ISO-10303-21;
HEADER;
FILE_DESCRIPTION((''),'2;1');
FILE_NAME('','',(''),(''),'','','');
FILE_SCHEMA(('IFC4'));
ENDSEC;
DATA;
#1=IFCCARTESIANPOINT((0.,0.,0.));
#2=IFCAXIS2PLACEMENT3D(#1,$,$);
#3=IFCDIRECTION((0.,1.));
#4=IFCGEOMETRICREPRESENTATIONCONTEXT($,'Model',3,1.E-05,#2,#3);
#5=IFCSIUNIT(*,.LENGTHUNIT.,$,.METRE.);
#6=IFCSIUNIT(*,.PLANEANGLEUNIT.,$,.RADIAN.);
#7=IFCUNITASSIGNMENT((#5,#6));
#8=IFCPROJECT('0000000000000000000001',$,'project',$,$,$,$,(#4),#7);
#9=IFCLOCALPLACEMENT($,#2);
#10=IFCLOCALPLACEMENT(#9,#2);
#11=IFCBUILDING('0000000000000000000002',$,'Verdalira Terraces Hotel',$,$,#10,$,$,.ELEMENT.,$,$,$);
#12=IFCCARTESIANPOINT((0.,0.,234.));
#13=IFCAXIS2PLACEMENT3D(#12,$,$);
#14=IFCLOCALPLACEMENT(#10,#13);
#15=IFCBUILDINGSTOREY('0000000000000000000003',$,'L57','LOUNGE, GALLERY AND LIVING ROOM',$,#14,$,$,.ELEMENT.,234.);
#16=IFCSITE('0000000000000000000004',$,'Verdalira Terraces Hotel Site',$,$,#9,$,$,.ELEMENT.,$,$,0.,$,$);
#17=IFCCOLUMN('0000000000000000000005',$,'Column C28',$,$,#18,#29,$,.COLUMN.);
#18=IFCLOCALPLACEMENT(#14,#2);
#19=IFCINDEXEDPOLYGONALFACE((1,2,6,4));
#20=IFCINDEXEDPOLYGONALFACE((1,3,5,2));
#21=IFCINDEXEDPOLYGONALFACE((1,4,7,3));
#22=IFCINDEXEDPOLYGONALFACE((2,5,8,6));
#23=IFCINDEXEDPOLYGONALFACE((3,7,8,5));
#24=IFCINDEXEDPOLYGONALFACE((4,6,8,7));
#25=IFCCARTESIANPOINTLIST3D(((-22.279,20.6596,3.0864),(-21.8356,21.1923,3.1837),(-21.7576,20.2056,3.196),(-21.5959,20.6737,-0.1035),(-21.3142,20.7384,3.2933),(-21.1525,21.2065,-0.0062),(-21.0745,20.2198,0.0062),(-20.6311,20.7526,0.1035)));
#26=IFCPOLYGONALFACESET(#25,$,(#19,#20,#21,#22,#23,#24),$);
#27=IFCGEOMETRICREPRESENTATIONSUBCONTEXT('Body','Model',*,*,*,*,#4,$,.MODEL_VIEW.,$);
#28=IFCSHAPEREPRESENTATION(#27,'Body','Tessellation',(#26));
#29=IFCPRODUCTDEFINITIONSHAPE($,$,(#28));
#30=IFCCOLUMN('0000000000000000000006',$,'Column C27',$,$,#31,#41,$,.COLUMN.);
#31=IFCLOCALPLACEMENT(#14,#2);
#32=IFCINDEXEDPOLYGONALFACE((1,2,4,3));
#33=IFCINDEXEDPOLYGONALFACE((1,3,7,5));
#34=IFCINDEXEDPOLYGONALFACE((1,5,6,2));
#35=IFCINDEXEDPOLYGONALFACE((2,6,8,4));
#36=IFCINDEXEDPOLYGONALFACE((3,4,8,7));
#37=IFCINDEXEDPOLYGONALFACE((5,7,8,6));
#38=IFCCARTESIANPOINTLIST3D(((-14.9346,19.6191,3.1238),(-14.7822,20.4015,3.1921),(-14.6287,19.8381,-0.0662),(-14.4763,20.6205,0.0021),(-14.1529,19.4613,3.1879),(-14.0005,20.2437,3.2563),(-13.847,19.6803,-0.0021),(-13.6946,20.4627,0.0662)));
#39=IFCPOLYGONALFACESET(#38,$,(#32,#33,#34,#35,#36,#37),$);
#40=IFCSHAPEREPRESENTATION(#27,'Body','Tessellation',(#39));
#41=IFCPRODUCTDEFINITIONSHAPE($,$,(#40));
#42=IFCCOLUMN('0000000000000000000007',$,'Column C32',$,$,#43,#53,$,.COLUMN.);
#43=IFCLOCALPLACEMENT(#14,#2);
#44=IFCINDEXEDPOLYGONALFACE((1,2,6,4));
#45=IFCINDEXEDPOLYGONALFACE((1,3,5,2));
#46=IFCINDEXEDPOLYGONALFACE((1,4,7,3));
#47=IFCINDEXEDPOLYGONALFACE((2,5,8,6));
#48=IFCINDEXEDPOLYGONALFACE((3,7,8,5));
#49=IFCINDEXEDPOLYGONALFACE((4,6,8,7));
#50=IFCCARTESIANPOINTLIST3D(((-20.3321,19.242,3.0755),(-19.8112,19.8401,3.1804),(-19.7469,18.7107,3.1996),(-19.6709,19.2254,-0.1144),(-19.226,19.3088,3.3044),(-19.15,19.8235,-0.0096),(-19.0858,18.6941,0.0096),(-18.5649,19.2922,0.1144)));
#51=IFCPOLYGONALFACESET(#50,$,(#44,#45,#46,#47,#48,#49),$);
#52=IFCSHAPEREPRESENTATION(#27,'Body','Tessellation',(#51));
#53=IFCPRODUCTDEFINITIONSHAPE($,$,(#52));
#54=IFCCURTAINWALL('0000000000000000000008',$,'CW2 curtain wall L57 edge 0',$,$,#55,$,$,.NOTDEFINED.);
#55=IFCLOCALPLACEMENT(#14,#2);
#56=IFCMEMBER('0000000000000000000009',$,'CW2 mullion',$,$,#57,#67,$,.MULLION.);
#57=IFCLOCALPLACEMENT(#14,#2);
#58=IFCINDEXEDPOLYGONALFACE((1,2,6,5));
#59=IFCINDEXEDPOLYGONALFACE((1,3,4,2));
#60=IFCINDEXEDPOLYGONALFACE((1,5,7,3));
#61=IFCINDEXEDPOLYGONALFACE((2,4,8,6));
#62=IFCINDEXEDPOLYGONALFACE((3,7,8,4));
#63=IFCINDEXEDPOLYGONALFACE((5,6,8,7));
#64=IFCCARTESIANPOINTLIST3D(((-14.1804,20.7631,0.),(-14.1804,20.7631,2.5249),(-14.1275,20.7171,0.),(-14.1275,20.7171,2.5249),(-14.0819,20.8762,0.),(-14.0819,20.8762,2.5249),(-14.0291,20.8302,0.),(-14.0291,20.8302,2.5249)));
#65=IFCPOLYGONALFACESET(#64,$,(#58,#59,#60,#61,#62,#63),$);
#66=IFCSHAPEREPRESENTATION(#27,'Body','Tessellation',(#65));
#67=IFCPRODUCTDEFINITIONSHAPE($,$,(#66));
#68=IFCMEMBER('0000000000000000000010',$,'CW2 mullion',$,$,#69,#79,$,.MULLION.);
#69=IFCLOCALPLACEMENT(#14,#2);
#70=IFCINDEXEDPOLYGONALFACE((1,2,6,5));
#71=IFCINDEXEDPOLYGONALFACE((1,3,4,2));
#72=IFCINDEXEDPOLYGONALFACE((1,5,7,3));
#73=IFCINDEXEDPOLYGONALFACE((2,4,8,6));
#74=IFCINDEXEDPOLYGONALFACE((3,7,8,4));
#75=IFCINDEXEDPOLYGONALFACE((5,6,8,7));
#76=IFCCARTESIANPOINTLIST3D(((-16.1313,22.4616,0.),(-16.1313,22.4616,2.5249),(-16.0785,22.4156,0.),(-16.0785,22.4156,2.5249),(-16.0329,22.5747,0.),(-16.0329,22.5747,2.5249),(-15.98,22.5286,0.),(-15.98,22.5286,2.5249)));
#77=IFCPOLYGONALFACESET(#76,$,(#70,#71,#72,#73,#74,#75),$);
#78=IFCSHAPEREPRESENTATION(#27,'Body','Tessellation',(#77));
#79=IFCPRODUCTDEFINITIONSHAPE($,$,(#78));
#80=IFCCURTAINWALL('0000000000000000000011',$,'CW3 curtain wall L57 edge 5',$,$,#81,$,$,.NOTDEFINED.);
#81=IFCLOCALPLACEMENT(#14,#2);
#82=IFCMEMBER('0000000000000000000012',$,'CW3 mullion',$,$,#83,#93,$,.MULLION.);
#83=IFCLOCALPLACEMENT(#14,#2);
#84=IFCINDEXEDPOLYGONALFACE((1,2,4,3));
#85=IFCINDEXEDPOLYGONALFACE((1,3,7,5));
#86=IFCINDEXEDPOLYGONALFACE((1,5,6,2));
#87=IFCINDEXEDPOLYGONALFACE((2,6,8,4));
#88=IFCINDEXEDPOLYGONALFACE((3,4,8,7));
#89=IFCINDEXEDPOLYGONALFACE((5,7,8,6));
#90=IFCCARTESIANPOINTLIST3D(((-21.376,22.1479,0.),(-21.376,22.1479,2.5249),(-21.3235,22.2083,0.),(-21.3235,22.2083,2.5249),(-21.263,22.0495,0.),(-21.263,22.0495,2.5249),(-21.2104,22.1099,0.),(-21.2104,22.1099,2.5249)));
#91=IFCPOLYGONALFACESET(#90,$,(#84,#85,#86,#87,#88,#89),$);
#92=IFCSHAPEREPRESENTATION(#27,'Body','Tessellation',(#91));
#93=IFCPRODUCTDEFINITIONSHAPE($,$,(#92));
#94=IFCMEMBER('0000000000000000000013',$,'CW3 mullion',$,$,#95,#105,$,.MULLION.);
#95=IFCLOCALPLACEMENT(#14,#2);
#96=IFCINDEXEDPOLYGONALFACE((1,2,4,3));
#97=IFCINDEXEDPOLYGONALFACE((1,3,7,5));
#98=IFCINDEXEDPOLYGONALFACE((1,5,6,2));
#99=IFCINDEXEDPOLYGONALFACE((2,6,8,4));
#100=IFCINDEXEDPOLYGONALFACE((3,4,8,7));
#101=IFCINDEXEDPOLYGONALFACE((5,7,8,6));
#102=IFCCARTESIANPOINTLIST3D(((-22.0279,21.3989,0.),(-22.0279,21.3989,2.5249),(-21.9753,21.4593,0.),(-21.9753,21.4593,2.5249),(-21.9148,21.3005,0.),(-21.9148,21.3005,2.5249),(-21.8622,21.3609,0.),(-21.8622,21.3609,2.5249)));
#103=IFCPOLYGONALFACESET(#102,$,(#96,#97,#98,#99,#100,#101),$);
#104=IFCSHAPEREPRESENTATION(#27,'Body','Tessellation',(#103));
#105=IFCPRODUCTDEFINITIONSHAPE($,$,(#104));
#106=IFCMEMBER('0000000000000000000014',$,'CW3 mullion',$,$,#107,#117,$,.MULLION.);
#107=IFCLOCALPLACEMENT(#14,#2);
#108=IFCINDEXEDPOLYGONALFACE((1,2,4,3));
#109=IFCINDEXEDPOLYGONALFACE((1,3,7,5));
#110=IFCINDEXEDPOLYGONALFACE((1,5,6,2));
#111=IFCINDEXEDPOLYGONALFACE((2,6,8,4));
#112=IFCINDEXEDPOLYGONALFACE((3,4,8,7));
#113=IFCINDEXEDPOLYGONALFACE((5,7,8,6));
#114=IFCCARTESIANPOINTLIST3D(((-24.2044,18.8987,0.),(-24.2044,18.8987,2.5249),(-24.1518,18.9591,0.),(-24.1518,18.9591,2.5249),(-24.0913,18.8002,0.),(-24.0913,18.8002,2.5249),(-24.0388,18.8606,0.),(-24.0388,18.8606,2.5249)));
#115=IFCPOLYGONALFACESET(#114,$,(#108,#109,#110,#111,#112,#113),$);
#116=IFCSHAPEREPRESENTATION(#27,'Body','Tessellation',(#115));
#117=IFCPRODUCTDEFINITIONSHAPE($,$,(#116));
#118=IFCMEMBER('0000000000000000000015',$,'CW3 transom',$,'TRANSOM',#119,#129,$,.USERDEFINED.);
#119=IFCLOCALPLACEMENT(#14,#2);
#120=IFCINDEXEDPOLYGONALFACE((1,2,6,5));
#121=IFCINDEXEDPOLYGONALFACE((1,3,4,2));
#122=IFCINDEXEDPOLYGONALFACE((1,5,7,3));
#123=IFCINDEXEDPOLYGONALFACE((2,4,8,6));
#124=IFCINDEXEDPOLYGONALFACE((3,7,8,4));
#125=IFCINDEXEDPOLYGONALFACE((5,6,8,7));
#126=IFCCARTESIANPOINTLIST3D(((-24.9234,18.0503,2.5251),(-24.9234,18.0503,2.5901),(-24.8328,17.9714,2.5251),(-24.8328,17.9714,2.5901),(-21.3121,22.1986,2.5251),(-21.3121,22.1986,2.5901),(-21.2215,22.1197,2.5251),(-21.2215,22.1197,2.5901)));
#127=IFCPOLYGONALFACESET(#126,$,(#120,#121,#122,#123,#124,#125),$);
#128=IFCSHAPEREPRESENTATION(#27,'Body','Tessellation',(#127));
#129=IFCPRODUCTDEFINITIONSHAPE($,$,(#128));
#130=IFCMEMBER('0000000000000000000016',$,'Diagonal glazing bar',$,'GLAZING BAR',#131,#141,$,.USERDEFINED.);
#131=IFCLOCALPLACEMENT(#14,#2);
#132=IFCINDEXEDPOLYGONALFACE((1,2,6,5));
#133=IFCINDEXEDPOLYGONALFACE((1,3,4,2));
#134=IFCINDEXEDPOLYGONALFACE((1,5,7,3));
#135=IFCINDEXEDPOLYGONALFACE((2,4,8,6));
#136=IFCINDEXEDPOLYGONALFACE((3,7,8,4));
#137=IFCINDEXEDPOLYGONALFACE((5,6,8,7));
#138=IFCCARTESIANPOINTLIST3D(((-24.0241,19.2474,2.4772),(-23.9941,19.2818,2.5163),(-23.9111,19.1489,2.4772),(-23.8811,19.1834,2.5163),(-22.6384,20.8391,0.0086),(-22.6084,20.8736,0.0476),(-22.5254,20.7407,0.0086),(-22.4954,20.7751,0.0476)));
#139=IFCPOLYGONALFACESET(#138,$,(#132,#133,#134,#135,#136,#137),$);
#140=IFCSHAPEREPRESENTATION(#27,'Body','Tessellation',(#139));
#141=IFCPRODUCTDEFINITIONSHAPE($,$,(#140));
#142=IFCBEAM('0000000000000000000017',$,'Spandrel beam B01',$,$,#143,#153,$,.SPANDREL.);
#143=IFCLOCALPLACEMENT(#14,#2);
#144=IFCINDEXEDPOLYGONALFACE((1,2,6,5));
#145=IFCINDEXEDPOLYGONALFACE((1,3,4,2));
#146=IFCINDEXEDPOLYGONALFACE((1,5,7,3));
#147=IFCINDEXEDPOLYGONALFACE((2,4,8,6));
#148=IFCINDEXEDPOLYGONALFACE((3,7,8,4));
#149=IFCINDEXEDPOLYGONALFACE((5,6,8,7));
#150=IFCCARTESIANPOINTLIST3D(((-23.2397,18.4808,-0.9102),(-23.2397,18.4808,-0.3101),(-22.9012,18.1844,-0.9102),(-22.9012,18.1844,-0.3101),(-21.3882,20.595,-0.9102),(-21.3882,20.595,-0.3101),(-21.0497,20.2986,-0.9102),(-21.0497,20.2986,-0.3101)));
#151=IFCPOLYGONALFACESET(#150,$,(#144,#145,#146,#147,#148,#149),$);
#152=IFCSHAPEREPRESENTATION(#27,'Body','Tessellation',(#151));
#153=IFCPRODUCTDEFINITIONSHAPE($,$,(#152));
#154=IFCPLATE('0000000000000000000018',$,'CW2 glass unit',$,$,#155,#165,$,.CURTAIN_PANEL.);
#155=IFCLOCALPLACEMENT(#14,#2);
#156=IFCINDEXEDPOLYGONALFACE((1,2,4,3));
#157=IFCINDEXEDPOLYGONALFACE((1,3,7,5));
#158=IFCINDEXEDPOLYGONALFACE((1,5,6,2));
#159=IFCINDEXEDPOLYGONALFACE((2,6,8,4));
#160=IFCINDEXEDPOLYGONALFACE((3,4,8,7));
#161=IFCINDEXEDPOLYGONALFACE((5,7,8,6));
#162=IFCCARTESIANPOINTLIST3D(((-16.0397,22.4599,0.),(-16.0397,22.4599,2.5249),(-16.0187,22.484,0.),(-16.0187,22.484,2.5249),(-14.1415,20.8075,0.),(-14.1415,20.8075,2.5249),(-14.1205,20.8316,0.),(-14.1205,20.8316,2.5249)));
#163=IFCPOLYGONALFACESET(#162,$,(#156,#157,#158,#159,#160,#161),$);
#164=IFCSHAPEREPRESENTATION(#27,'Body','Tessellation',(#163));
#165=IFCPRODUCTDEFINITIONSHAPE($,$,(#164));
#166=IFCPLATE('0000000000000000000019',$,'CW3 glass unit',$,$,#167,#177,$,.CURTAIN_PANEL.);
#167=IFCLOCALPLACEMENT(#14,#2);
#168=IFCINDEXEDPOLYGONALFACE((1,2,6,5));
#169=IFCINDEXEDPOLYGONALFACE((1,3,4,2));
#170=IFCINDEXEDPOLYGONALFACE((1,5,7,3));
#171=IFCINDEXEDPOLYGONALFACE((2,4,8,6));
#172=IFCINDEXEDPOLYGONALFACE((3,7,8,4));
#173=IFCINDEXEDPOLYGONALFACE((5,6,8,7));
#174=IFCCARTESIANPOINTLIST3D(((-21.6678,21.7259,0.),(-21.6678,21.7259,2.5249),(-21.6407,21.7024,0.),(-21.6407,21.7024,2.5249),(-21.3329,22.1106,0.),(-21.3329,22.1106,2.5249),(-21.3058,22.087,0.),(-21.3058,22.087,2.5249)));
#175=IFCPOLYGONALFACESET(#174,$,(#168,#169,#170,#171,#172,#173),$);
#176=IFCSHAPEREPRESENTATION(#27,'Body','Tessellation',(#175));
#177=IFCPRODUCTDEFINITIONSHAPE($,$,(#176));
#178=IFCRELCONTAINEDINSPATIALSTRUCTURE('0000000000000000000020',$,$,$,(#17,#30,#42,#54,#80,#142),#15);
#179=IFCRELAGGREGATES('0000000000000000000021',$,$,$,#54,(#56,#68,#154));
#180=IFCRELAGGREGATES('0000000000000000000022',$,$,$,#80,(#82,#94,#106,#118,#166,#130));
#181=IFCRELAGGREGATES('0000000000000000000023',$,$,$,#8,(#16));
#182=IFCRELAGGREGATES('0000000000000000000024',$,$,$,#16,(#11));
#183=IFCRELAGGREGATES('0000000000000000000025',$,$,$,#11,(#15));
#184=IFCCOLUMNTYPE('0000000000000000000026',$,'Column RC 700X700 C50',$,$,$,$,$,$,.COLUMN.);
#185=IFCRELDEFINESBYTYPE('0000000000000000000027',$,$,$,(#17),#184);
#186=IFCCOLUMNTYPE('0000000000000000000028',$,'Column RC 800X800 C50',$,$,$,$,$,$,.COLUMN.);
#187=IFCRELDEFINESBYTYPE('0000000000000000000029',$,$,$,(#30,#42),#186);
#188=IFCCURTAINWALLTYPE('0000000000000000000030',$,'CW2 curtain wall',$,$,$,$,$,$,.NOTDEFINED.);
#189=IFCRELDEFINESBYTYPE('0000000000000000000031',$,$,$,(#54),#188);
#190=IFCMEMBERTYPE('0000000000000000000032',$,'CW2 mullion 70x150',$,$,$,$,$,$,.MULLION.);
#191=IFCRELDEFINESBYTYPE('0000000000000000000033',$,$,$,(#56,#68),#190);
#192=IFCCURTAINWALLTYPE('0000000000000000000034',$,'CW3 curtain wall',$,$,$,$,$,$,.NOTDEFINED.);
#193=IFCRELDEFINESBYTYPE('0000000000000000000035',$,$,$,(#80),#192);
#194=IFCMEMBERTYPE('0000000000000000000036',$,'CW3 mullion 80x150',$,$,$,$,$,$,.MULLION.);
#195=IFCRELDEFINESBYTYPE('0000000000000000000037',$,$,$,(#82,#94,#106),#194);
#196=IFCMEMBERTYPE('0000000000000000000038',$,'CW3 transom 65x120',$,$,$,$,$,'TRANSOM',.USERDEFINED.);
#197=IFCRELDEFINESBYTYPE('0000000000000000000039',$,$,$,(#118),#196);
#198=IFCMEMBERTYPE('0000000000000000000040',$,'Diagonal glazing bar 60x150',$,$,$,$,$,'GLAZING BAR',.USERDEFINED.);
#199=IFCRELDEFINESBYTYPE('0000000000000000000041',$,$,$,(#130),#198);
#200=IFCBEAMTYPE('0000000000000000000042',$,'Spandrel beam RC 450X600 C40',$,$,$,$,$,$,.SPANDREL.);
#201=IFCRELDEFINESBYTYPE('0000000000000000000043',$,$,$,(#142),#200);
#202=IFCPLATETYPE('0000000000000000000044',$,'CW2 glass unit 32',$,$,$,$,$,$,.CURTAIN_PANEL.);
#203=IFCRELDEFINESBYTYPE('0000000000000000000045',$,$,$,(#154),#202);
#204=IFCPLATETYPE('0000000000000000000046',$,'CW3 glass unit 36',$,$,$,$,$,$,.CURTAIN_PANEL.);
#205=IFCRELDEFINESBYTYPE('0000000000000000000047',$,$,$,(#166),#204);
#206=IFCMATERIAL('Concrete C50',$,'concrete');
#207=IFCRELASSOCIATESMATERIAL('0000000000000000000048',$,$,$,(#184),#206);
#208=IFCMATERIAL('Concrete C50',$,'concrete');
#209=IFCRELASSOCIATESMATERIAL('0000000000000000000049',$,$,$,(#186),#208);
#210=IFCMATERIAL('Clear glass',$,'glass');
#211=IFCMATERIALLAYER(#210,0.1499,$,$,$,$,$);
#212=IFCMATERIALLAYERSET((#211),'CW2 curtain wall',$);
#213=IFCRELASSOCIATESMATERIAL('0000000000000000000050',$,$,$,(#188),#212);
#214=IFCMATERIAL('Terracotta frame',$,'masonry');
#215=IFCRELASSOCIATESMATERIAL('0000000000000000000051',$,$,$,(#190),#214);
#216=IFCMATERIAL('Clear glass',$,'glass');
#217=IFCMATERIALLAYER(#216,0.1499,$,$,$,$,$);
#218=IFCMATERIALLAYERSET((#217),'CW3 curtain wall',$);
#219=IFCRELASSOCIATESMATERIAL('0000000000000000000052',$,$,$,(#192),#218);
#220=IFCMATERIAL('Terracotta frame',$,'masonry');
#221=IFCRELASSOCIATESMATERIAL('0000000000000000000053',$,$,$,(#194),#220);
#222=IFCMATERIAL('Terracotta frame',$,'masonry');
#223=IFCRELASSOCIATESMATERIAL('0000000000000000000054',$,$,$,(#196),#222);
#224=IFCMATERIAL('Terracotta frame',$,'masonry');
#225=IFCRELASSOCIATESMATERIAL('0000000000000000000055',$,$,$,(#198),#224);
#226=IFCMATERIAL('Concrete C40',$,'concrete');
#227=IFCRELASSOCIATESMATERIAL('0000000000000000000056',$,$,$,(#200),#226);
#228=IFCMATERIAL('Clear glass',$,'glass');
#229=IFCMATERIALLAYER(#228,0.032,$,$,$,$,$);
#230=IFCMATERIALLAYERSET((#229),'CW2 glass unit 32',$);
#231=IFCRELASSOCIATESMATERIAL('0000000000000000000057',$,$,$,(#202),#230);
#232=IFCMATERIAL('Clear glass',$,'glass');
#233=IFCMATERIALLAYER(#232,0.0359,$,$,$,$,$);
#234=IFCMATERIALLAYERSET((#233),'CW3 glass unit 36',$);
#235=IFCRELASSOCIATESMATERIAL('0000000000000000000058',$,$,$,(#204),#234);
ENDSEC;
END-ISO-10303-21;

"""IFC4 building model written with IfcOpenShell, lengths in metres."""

from ifc_helpers import new_model, si_unit, direction, frame, origin, origin_2d, place, context, subcontext, project, spatial, rectangle, extrude, material, layer, layer_set, material_profile, profile_set, type_object, element, aggregate, save


model = new_model("IFC4")

# Units and contexts
model_context = context("Model", 3, precision=1e-05, world=origin(), true_north=direction((0.0, 1.0)))
body_context = subcontext(model_context, "Body", "Model", "MODEL_VIEW")
ifc_project = project(units=[si_unit("LENGTHUNIT", "METRE"), si_unit("PLANEANGLEUNIT", "RADIAN")], contexts=[model_context])

# Site, building, storey
site_placement = place(None, origin())
site = spatial("IfcSite", under=ifc_project, at=site_placement, Name="Verdalira Terraces Hotel Site", CompositionType="ELEMENT", RefElevation=0.0)
building_placement = place(site_placement, origin())
building = spatial("IfcBuilding", under=site, at=building_placement, Name="Verdalira Terraces Hotel", CompositionType="ELEMENT")
storey_placement = place(building_placement, frame((0.0, 0.0, 234.0)))
storey = spatial("IfcBuildingStorey", under=building, at=storey_placement, Name="L57", Description="LOUNGE, GALLERY AND LIVING ROOM", CompositionType="ELEMENT", Elevation=234.0)

# Columns
ifc_material_1 = material(Name="Concrete C50", Category="concrete")
ifc_material_profile_1 = material_profile(ifc_material_1, rectangle(XDim=0.7, YDim=0.7, at=origin_2d()), Name="RC 700X700")
ifc_profile_set_1 = profile_set([ifc_material_profile_1], Name="Concrete C50")
column_type_1 = type_object("IfcColumnType", Name="Column RC 700X700 C50", PredefinedType="COLUMN", material=ifc_profile_set_1)
column_1_placement = place(storey_placement, frame((-21.1135, 20.7131, 0.0), z_axis=(-0.209394, -0.004341, 0.977822), x_axis=(-0.633471, -0.761173, -0.139033)))
element("IfcColumn", 1, at=column_1_placement, inside=storey, type_object=column_type_1, Name="Column C28", PredefinedType="COLUMN", context=body_context, shape_type="SweptSolid", body=[
    extrude(rectangle(XDim=0.7, YDim=0.7, at=origin_2d()), origin(), (0.0, 0.0, 1.0), 3.2622),
])
ifc_material_2 = material(Name="Concrete C50", Category="concrete")
ifc_material_profile_2 = material_profile(ifc_material_2, rectangle(XDim=0.8, YDim=0.8, at=origin_2d()), Name="RC 800X800")
ifc_profile_set_2 = profile_set([ifc_material_profile_2], Name="Concrete C50")
column_type_2 = type_object("IfcColumnType", Name="Column RC 800X800 C50", PredefinedType="COLUMN", material=ifc_profile_set_2)
column_2_placement = place(storey_placement, frame((-14.1616, 20.1504, 0.0), z_axis=(-0.095238, -0.068179, 0.993117), x_axis=(0.977061, -0.1973, 0.080153)))
element("IfcColumn", 2, at=column_2_placement, inside=storey, type_object=column_type_2, Name="Column C27", PredefinedType="COLUMN", context=body_context, shape_type="SweptSolid", body=[
    extrude(rectangle(XDim=0.8, YDim=0.8, at=origin_2d()), origin(), (0.0, 0.0, 1.0), 3.2122),
])
column_3_placement = place(storey_placement, frame((-19.1179, 19.2588, 0.0), z_axis=(-0.20294, 0.005096, 0.979178), x_axis=(-0.731372, 0.664122, -0.155037)))
element("IfcColumn", 3, at=column_3_placement, inside=storey, type_object=column_type_2, Name="Column C32", PredefinedType="COLUMN", context=body_context, shape_type="SweptSolid", body=[
    extrude(rectangle(XDim=0.8, YDim=0.8, at=origin_2d()), origin(), (0.0, 0.0, 1.0), 3.2578),
])

# Curtain walls, members
ifc_material_3 = material(Name="Clear glass", Category="glass")
ifc_layer_1 = layer(ifc_material_3, 0.1499)
ifc_layer_set_1 = layer_set([ifc_layer_1], Name="CW2 curtain wall")
curtain_wall_type_1 = type_object("IfcCurtainWallType", Name="CW2 curtain wall", PredefinedType="NOTDEFINED", material=ifc_layer_set_1)
curtain_wall_1_placement = place(storey_placement, origin())
curtain_wall_1 = element("IfcCurtainWall", 4, at=curtain_wall_1_placement, inside=storey, type_object=curtain_wall_type_1, Name="CW2 curtain wall L57 edge 0", PredefinedType="NOTDEFINED")
ifc_material_4 = material(Name="Terracotta frame", Category="masonry")
ifc_material_profile_3 = material_profile(ifc_material_4, rectangle(XDim=0.0701, YDim=0.1499, at=origin_2d()), Name="MU 70x150")
ifc_profile_set_3 = profile_set([ifc_material_profile_3], Name="Terracotta frame")
member_type_1 = type_object("IfcMemberType", Name="CW2 mullion 70x150", PredefinedType="MULLION", material=ifc_profile_set_3)
member_1_placement = place(storey_placement, frame((-14.1047, 20.7966, 0.0), z_axis=(0.0, 0.0, 1.0), x_axis=(-0.754251, 0.656586, 0.0)))
member_1 = element("IfcMember", 5, at=member_1_placement, type_object=member_type_1, Name="CW2 mullion", PredefinedType="MULLION", context=body_context, shape_type="SweptSolid", body=[
    extrude(rectangle(XDim=0.0701, YDim=0.1499, at=origin_2d()), origin(), (0.0, 0.0, 1.0), 2.5249),
])
member_2_placement = place(storey_placement, frame((-16.0557, 22.4951, 0.0), z_axis=(0.0, 0.0, 1.0), x_axis=(-0.754251, 0.656586, 0.0)))
member_2 = element("IfcMember", 6, at=member_2_placement, type_object=member_type_1, Name="CW2 mullion", PredefinedType="MULLION", context=body_context, shape_type="SweptSolid", body=[
    extrude(rectangle(XDim=0.0701, YDim=0.1499, at=origin_2d()), origin(), (0.0, 0.0, 1.0), 2.5249),
])
ifc_material_5 = material(Name="Clear glass", Category="glass")
ifc_layer_2 = layer(ifc_material_5, 0.1499)
ifc_layer_set_2 = layer_set([ifc_layer_2], Name="CW3 curtain wall")
curtain_wall_type_2 = type_object("IfcCurtainWallType", Name="CW3 curtain wall", PredefinedType="NOTDEFINED", material=ifc_layer_set_2)
curtain_wall_2_placement = place(storey_placement, origin())
curtain_wall_2 = element("IfcCurtainWall", 7, at=curtain_wall_2_placement, inside=storey, type_object=curtain_wall_type_2, Name="CW3 curtain wall L57 edge 5", PredefinedType="NOTDEFINED")
ifc_material_6 = material(Name="Terracotta frame", Category="masonry")
ifc_material_profile_4 = material_profile(ifc_material_6, rectangle(XDim=0.0801, YDim=0.1499, at=origin_2d()), Name="MU 80x150")
ifc_profile_set_4 = profile_set([ifc_material_profile_4], Name="Terracotta frame")
member_type_2 = type_object("IfcMemberType", Name="CW3 mullion 80x150", PredefinedType="MULLION", material=ifc_profile_set_4)
member_3_placement = place(storey_placement, frame((-21.2932, 22.1289, 0.0), z_axis=(0.0, 0.0, 1.0), x_axis=(-0.656586, -0.754251, 0.0)))
member_3 = element("IfcMember", 8, at=member_3_placement, type_object=member_type_2, Name="CW3 mullion", PredefinedType="MULLION", context=body_context, shape_type="SweptSolid", body=[
    extrude(rectangle(XDim=0.0801, YDim=0.1499, at=origin_2d()), origin(), (0.0, 0.0, 1.0), 2.5249),
])
member_4_placement = place(storey_placement, frame((-21.9451, 21.3799, 0.0), z_axis=(0.0, 0.0, 1.0), x_axis=(-0.656586, -0.754251, 0.0)))
member_4 = element("IfcMember", 9, at=member_4_placement, type_object=member_type_2, Name="CW3 mullion", PredefinedType="MULLION", context=body_context, shape_type="SweptSolid", body=[
    extrude(rectangle(XDim=0.0801, YDim=0.1499, at=origin_2d()), origin(), (0.0, 0.0, 1.0), 2.5249),
])
member_5_placement = place(storey_placement, frame((-24.1216, 18.8796, 0.0), z_axis=(0.0, 0.0, 1.0), x_axis=(-0.656586, -0.754251, 0.0)))
member_5 = element("IfcMember", 10, at=member_5_placement, type_object=member_type_2, Name="CW3 mullion", PredefinedType="MULLION", context=body_context, shape_type="SweptSolid", body=[
    extrude(rectangle(XDim=0.0801, YDim=0.1499, at=origin_2d()), origin(), (0.0, 0.0, 1.0), 2.5249),
])
ifc_material_7 = material(Name="Terracotta frame", Category="masonry")
ifc_material_profile_5 = material_profile(ifc_material_7, rectangle(XDim=0.1201, YDim=0.0649, at=origin_2d()), Name="TR 65x120")
ifc_profile_set_5 = profile_set([ifc_material_profile_5], Name="Terracotta frame")
member_type_3 = type_object("IfcMemberType", Name="CW3 transom 65x120", ElementType="TRANSOM", PredefinedType="USERDEFINED", material=ifc_profile_set_5)
member_6_placement = place(storey_placement, frame((-21.2668, 22.1592, 2.5576), z_axis=(-0.656592, -0.754246, 0.0), x_axis=(0.754246, -0.656592, 0.0)))
member_6 = element("IfcMember", 11, at=member_6_placement, type_object=member_type_3, Name="CW3 transom", ObjectType="TRANSOM", PredefinedType="USERDEFINED", context=body_context, shape_type="SweptSolid", body=[
    extrude(rectangle(XDim=0.1201, YDim=0.0649, at=origin_2d()), origin(), (0.0, 0.0, 1.0), 5.5),
])
ifc_material_8 = material(Name="Terracotta frame", Category="masonry")
ifc_material_profile_6 = material_profile(ifc_material_8, rectangle(XDim=0.1499, YDim=0.0601, at=origin_2d()), Name="GB 60x150")
ifc_profile_set_6 = profile_set([ifc_material_profile_6], Name="Terracotta frame")
member_type_4 = type_object("IfcMemberType", Name="Diagonal glazing bar 60x150", ElementType="GLAZING BAR", PredefinedType="USERDEFINED", material=ifc_profile_set_6)
member_7_placement = place(storey_placement, frame((-22.5669, 20.8071, 0.0281), z_axis=(-0.426658, -0.490101, 0.760108), x_axis=(0.754237, -0.656602, 0.0)))
member_7 = element("IfcMember", 12, at=member_7_placement, type_object=member_type_4, Name="Diagonal glazing bar", ObjectType="GLAZING BAR", PredefinedType="USERDEFINED", context=body_context, shape_type="SweptSolid", body=[
    extrude(rectangle(XDim=0.1499, YDim=0.0601, at=origin_2d()), origin(), (0.0, 0.0, 1.0), 3.2478),
])

# Beam
ifc_material_9 = material(Name="Concrete C40", Category="concrete")
ifc_material_profile_7 = material_profile(ifc_material_9, rectangle(XDim=0.45, YDim=0.6001, at=origin_2d()), Name="RC 450X600")
ifc_profile_set_7 = profile_set([ifc_material_profile_7], Name="Concrete C40")
beam_type = type_object("IfcBeamType", Name="Spandrel beam RC 450X600 C40", PredefinedType="SPANDREL", material=ifc_profile_set_7)
beam_placement = place(storey_placement, frame((-21.219, 20.4468, -0.6101), z_axis=(-0.658824, -0.752297, 0.0), x_axis=(0.752297, -0.658824, 0.0)))
element("IfcBeam", 13, at=beam_placement, inside=storey, type_object=beam_type, Name="Spandrel beam B01", PredefinedType="SPANDREL", context=body_context, shape_type="SweptSolid", body=[
    extrude(rectangle(XDim=0.45, YDim=0.6001, at=origin_2d()), origin(), (0.0, 0.0, 1.0), 2.8103),
])

# Plates
ifc_material_10 = material(Name="Clear glass", Category="glass")
ifc_layer_3 = layer(ifc_material_10, 0.032)
ifc_layer_set_3 = layer_set([ifc_layer_3], Name="CW2 glass unit 32")
plate_type_1 = type_object("IfcPlateType", Name="CW2 glass unit 32", PredefinedType="CURTAIN_PANEL", material=ifc_layer_set_3)
plate_1_placement = place(storey_placement, frame((-15.0801, 21.6458, 0.0), z_axis=(0.0, 0.0, 1.0), x_axis=(-0.754251, 0.656586, 0.0)))
plate_1 = element("IfcPlate", 14, at=plate_1_placement, type_object=plate_type_1, Name="CW2 glass unit", PredefinedType="CURTAIN_PANEL", context=body_context, shape_type="SweptSolid", body=[
    extrude(rectangle(XDim=2.5166, YDim=0.032, at=origin_2d()), origin(), (0.0, 0.0, 1.0), 2.5249),
])
aggregate(curtain_wall_1, [member_1, member_2, plate_1])
ifc_material_11 = material(Name="Clear glass", Category="glass")
ifc_layer_4 = layer(ifc_material_11, 0.0359)
ifc_layer_set_4 = layer_set([ifc_layer_4], Name="CW3 glass unit 36")
plate_type_2 = type_object("IfcPlateType", Name="CW3 glass unit 36", PredefinedType="CURTAIN_PANEL", material=ifc_layer_set_4)
plate_2_placement = place(storey_placement, frame((-21.4868, 21.9065, 0.0), z_axis=(0.0, 0.0, 1.0), x_axis=(-0.656586, -0.754251, 0.0)))
plate_2 = element("IfcPlate", 15, at=plate_2_placement, type_object=plate_type_2, Name="CW3 glass unit", PredefinedType="CURTAIN_PANEL", context=body_context, shape_type="SweptSolid", body=[
    extrude(rectangle(XDim=0.51, YDim=0.0359, at=origin_2d()), origin(), (0.0, 0.0, 1.0), 2.5249),
])
aggregate(curtain_wall_2, [member_3, member_4, member_5, member_6, plate_2, member_7])

save(model, "model.ifc")
